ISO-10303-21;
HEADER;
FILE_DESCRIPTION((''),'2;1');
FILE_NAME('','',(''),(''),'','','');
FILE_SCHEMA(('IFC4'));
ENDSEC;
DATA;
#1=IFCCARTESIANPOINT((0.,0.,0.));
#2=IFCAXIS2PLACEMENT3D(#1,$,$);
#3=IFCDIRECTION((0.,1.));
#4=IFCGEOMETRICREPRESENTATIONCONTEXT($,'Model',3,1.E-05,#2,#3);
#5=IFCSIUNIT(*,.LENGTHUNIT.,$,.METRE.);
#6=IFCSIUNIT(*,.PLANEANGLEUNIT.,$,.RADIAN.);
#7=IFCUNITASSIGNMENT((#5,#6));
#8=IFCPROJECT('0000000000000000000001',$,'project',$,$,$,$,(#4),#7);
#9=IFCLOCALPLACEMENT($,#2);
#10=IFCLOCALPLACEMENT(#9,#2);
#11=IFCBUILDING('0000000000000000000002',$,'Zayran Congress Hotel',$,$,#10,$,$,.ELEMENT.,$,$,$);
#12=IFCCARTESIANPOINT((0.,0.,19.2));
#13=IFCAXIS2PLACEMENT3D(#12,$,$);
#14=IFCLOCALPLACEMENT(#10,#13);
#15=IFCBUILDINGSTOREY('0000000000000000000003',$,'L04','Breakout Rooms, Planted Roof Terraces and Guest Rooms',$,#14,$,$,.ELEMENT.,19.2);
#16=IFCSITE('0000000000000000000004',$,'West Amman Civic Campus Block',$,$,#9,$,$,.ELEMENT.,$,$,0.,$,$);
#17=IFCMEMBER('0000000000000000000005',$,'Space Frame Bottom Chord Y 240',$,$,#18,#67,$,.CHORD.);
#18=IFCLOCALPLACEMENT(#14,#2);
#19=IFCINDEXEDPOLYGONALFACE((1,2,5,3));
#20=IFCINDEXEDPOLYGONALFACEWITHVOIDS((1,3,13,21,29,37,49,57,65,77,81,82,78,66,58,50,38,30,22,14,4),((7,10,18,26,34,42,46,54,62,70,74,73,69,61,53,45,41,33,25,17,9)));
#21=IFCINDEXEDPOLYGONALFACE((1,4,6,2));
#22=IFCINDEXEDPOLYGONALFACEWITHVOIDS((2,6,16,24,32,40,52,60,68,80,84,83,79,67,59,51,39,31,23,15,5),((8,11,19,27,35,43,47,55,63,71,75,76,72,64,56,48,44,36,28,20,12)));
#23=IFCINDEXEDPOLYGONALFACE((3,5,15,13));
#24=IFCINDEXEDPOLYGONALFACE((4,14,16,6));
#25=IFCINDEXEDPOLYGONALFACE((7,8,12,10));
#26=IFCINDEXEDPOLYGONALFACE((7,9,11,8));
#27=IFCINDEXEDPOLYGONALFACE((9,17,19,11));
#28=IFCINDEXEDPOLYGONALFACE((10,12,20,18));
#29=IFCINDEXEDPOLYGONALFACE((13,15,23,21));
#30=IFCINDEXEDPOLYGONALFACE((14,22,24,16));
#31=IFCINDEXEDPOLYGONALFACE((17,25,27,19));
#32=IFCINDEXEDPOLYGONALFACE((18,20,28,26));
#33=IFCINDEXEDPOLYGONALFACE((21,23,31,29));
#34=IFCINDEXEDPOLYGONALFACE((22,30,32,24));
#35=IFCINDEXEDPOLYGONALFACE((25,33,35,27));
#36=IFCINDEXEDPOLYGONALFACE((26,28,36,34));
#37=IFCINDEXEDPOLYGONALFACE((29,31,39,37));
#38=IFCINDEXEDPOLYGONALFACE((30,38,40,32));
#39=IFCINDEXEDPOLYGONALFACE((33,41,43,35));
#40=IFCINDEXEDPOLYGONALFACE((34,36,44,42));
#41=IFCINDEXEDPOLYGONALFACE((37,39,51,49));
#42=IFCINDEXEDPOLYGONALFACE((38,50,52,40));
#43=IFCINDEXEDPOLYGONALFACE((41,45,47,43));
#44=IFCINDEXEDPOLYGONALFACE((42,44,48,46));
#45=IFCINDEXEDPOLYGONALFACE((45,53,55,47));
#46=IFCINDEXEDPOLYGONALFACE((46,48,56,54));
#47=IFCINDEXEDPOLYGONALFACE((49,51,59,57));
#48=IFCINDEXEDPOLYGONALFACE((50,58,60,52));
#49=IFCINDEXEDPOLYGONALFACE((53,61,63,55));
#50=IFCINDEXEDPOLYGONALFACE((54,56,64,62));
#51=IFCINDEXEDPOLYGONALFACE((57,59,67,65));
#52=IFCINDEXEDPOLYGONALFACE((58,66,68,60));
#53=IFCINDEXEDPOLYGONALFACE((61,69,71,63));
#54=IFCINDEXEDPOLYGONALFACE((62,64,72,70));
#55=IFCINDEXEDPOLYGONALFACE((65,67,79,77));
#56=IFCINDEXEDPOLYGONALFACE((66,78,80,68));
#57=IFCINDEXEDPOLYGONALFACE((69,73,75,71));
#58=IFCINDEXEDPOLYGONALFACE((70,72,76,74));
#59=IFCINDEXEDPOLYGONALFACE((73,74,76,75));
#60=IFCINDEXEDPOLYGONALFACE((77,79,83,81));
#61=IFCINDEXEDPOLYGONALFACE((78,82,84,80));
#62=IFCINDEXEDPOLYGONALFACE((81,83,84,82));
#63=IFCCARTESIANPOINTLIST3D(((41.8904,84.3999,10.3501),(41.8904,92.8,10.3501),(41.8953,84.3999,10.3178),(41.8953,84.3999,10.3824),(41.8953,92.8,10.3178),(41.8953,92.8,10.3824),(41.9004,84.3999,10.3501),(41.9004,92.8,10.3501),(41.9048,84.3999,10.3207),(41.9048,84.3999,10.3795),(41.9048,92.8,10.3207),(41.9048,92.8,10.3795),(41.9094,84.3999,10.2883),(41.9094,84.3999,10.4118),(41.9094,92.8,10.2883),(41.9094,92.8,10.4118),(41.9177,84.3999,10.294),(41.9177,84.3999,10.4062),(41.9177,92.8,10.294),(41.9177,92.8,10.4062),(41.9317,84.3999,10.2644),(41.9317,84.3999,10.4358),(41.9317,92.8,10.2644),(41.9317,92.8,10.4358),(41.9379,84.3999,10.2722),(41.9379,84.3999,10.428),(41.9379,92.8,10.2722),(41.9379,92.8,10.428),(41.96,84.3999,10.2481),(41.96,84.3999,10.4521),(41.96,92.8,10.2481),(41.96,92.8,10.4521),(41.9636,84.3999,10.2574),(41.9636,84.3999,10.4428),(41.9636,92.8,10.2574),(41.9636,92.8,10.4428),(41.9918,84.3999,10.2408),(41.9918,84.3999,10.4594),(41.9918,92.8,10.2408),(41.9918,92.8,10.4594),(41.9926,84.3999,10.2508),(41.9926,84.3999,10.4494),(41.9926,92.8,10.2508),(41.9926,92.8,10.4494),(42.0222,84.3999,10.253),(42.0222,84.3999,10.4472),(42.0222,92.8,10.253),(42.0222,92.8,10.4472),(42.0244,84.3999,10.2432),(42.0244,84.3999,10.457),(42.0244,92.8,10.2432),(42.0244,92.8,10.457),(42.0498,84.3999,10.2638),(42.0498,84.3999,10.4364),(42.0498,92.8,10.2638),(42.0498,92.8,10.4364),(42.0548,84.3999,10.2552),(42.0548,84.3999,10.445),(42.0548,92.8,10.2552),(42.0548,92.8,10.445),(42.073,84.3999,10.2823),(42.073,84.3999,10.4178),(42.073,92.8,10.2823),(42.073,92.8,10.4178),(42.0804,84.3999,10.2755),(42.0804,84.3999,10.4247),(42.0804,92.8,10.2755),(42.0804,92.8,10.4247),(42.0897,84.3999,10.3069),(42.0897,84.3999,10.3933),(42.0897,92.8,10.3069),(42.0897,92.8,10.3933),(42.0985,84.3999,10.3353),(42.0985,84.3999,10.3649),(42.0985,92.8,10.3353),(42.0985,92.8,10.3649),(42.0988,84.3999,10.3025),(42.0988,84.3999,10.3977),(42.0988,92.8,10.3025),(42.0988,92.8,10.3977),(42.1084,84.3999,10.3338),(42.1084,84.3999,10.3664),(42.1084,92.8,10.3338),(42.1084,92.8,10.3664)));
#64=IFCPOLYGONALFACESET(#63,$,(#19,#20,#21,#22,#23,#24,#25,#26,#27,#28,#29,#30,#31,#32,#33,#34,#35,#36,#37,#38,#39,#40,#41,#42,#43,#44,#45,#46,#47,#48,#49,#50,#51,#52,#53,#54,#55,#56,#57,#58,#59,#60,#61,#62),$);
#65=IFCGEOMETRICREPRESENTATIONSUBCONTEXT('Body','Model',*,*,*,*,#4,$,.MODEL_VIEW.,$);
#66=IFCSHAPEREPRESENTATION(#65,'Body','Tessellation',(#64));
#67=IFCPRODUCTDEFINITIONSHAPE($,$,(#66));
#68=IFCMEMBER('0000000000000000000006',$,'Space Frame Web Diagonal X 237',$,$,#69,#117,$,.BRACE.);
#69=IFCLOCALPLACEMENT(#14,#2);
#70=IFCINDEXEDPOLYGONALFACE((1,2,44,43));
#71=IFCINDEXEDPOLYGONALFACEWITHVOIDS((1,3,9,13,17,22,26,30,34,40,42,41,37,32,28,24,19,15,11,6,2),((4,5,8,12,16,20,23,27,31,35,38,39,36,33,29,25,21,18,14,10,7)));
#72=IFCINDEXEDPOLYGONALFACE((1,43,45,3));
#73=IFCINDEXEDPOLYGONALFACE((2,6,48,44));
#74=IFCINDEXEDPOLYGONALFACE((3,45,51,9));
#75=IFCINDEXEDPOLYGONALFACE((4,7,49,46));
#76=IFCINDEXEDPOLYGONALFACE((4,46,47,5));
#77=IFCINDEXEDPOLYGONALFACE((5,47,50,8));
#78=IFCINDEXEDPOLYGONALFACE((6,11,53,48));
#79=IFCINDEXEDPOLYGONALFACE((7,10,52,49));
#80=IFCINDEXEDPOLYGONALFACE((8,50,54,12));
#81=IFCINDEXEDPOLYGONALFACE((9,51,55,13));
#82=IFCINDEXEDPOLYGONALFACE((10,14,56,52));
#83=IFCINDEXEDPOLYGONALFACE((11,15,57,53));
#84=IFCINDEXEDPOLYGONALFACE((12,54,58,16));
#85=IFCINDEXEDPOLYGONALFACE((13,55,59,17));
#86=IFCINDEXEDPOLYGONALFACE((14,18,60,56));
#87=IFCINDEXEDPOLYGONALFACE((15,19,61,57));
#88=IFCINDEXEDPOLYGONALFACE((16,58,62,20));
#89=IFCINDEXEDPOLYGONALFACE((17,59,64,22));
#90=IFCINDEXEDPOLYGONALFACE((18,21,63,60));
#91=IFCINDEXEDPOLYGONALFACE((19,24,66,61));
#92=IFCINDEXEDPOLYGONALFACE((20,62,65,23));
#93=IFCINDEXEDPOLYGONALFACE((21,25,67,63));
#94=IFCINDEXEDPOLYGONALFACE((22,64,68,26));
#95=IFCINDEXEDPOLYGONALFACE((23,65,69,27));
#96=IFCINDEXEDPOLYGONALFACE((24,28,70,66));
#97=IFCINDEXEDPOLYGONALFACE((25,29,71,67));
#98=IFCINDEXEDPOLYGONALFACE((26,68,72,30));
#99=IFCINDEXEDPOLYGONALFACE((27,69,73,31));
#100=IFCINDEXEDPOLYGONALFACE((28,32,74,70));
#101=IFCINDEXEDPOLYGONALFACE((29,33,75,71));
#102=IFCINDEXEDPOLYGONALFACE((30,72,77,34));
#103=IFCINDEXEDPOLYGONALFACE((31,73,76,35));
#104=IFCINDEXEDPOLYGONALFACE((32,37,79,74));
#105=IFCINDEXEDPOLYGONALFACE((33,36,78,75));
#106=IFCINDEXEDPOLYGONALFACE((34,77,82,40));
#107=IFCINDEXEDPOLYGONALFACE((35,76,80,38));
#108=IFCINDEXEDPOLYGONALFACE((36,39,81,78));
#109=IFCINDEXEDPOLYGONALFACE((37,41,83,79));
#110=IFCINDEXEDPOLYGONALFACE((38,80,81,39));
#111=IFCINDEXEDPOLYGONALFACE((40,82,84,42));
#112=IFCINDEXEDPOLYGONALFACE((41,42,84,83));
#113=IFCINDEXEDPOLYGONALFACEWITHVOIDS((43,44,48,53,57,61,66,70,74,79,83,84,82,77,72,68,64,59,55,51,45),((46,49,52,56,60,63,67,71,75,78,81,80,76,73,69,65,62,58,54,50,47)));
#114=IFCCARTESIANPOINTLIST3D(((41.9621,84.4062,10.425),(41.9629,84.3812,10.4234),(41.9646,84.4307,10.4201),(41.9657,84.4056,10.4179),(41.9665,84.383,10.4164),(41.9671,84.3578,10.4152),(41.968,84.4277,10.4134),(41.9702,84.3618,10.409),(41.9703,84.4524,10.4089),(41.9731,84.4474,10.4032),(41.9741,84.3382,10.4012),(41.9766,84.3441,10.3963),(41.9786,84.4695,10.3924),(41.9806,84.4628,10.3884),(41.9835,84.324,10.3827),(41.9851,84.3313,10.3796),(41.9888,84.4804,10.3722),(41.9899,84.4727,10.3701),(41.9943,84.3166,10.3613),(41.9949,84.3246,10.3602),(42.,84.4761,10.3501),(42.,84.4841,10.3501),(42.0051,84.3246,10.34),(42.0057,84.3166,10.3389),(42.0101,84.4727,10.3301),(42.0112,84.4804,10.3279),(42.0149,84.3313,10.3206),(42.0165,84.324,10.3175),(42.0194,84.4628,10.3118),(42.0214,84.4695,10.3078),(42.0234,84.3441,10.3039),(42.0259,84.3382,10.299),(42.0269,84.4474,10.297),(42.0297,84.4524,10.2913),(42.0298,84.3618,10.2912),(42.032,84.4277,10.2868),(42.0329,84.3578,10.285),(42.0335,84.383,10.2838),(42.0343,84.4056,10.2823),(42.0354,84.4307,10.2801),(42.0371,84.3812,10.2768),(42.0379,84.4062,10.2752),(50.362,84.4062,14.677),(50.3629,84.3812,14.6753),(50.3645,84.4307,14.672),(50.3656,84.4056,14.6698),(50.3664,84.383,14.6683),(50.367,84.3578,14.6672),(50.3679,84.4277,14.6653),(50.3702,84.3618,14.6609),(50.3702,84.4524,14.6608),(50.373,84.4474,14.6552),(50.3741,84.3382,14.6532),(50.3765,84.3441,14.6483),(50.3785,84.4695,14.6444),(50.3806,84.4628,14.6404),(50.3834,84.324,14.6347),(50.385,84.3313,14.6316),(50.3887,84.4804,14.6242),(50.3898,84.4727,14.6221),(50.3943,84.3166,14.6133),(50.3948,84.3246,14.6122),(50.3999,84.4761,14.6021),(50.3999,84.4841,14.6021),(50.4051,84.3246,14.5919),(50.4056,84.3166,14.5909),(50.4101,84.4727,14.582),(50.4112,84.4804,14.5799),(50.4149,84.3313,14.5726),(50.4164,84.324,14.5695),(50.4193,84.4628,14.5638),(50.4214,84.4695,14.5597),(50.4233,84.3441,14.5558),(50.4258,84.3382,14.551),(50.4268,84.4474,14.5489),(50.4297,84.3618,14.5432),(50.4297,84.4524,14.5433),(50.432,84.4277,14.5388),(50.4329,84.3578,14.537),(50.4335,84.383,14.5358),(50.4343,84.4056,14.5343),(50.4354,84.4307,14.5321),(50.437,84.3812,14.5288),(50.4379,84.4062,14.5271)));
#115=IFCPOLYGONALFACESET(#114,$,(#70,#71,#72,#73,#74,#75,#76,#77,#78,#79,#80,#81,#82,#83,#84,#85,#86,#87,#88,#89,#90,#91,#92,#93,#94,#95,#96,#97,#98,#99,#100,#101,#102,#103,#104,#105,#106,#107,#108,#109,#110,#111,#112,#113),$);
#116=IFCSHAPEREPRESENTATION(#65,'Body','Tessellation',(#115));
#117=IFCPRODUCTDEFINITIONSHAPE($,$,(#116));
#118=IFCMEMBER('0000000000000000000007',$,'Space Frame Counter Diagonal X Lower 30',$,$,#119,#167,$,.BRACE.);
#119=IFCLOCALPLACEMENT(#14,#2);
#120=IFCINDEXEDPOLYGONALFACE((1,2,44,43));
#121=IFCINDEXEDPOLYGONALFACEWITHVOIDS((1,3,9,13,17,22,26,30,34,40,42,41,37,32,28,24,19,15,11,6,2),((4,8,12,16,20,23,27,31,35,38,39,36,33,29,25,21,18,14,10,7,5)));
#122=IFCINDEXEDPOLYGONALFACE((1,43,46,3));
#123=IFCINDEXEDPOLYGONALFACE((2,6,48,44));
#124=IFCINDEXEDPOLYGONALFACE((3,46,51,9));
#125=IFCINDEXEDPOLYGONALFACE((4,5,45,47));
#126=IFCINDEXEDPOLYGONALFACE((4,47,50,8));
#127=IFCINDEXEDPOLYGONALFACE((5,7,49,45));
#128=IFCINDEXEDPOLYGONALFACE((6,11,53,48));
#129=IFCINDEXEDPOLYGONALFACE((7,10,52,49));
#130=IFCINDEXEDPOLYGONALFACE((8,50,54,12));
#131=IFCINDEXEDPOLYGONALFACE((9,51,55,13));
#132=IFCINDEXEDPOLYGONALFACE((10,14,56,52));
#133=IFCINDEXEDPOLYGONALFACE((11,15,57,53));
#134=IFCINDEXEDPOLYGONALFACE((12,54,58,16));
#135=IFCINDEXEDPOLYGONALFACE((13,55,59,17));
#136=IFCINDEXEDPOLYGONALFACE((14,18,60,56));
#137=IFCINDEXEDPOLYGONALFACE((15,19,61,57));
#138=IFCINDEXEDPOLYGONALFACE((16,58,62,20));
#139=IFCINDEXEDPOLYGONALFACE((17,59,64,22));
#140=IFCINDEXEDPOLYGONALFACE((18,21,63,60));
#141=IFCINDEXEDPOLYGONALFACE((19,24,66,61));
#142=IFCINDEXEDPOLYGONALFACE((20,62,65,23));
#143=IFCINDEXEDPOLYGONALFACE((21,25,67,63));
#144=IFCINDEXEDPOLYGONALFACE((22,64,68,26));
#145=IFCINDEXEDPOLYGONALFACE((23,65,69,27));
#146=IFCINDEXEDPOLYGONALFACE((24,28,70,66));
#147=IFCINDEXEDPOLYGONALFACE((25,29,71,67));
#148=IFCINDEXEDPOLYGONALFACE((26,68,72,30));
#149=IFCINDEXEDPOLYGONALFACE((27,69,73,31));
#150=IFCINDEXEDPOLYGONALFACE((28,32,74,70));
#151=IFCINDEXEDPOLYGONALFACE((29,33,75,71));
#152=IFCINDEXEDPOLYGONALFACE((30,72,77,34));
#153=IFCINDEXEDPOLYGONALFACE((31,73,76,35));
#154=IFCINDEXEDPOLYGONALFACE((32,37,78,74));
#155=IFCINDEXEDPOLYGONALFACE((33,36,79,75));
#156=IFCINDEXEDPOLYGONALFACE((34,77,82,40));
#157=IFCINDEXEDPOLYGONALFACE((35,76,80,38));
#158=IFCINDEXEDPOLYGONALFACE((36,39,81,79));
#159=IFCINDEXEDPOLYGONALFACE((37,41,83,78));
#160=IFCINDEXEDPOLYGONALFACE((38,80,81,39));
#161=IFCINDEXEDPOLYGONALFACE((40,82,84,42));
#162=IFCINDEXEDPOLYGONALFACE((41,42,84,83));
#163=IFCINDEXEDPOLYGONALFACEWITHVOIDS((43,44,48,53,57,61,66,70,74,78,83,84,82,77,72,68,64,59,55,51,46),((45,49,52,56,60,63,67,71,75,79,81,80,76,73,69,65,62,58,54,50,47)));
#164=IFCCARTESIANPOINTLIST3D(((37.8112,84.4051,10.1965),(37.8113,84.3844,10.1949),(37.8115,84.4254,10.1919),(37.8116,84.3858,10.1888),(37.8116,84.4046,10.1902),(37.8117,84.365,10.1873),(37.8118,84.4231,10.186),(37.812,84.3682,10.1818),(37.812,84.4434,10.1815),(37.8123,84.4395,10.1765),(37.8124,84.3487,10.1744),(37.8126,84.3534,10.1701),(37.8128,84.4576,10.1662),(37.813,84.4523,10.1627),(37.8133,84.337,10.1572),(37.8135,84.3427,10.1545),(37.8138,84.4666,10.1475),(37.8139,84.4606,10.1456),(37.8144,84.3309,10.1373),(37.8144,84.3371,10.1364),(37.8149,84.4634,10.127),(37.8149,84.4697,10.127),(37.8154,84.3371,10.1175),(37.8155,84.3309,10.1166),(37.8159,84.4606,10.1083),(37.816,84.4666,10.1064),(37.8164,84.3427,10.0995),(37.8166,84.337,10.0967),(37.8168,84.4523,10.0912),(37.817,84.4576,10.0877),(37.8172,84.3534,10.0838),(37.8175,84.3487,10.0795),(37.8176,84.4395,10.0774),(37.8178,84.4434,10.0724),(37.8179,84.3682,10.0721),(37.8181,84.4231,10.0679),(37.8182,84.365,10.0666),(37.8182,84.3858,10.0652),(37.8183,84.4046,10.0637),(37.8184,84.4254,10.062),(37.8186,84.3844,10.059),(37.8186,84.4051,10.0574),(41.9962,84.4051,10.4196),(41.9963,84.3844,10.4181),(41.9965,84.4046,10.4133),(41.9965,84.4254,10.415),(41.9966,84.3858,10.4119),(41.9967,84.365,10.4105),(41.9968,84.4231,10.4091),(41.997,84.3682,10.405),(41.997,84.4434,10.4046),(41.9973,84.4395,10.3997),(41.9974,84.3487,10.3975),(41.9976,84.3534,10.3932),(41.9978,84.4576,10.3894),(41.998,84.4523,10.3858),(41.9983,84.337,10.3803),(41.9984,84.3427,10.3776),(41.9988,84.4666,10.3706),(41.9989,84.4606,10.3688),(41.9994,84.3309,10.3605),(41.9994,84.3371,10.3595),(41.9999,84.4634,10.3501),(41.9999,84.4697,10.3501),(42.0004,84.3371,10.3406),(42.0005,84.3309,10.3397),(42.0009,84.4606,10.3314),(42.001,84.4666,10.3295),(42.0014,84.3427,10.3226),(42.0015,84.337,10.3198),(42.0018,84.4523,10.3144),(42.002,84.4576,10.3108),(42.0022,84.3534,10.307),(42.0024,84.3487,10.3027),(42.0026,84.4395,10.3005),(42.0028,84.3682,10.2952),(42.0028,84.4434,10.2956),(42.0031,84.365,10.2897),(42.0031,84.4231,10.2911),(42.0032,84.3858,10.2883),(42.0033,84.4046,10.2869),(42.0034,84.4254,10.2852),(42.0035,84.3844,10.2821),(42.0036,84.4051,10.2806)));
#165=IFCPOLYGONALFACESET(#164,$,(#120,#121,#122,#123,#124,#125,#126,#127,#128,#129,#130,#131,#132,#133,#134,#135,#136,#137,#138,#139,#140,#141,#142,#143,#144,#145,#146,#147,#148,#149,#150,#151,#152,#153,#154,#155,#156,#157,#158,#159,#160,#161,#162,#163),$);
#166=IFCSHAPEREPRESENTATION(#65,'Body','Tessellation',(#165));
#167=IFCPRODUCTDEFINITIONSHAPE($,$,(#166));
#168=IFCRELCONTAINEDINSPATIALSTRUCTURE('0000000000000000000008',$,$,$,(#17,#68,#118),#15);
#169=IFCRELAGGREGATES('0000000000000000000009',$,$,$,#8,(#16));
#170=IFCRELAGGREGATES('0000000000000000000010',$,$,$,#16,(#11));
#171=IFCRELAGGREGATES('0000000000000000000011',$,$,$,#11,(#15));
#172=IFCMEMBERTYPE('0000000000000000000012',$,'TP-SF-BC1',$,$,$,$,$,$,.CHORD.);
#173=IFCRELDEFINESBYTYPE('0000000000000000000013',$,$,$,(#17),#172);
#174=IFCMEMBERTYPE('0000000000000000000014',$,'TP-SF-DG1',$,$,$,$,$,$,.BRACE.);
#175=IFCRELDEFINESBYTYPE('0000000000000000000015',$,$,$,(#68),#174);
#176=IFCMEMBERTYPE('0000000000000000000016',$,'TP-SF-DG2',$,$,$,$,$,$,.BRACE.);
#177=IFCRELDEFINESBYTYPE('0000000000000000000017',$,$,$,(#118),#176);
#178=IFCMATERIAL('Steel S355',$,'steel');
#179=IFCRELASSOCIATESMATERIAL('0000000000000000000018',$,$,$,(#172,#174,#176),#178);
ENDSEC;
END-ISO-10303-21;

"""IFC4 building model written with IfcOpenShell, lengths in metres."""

from ifc_helpers import new_model, si_unit, direction, frame, origin, origin_2d, place, context, subcontext, project, spatial, hollow_circle, extrude, material, material_profile, profile_set, type_object, element, save


model = new_model("IFC4")

# Units and contexts
model_context = context("Model", 3, precision=1e-05, world=origin(), true_north=direction((0.0, 1.0)))
body_context = subcontext(model_context, "Body", "Model", "MODEL_VIEW")
ifc_project = project(units=[si_unit("LENGTHUNIT", "METRE"), si_unit("PLANEANGLEUNIT", "RADIAN")], contexts=[model_context])

# Site, building, storey
site_placement = place(None, origin())
site = spatial("IfcSite", under=ifc_project, at=site_placement, Name="West Amman Civic Campus Block", CompositionType="ELEMENT", RefElevation=0.0)
building_placement = place(site_placement, origin())
building = spatial("IfcBuilding", under=site, at=building_placement, Name="Zayran Congress Hotel", CompositionType="ELEMENT")
storey_placement = place(building_placement, frame((0.0, 0.0, 19.2)))
storey = spatial("IfcBuildingStorey", under=building, at=storey_placement, Name="L04", Description="Breakout Rooms, Planted Roof Terraces and Guest Rooms", CompositionType="ELEMENT", Elevation=19.2)

# Members
ifc_material_1 = material(Name="Steel S355", Category="steel")
ifc_material_profile_1 = material_profile(ifc_material_1, hollow_circle(Radius=0.1096, WallThickness=0.01, at=origin_2d()), Name="CHS 219.1x10")
ifc_profile_set_1 = profile_set([ifc_material_profile_1], Name="Steel S355")
member_type_1 = type_object("IfcMemberType", Name="TP-SF-BC1", PredefinedType="CHORD", material=ifc_profile_set_1)
member_1_placement = place(storey_placement, frame((42.0, 84.3999, 10.3501), z_axis=(0.0, 1.0, 0.0), x_axis=(-1.0, 0.0, 0.0)))
element("IfcMember", 1, at=member_1_placement, inside=storey, type_object=member_type_1, Name="Space Frame Bottom Chord Y 240", PredefinedType="CHORD", context=body_context, shape_type="SweptSolid", body=[
    extrude(hollow_circle(Radius=0.1096, WallThickness=0.01, at=origin_2d()), origin(), (0.0, 0.0, 1.0), 8.4001),
])
ifc_material_profile_2 = material_profile(ifc_material_1, hollow_circle(Radius=0.0842, WallThickness=0.0081, at=origin_2d()), Name="CHS 168.3x8")
ifc_profile_set_2 = profile_set([ifc_material_profile_2], Name="Steel S355")
member_type_2 = type_object("IfcMemberType", Name="TP-SF-DG1", PredefinedType="BRACE", material=ifc_profile_set_2)
member_2_placement = place(storey_placement, frame((42.0, 84.3999, 10.3501), z_axis=(0.892207, 0.0, 0.451627), x_axis=(0.0, 1.0, 0.0)))
element("IfcMember", 2, at=member_2_placement, inside=storey, type_object=member_type_2, Name="Space Frame Web Diagonal X 237", PredefinedType="BRACE", context=body_context, shape_type="SweptSolid", body=[
    extrude(hollow_circle(Radius=0.0842, WallThickness=0.0081, at=origin_2d()), origin(), (0.0, 0.0, 1.0), 9.4148),
])
ifc_material_profile_3 = material_profile(ifc_material_1, hollow_circle(Radius=0.0698, WallThickness=0.0063, at=origin_2d()), Name="CHS 139.7x6.3")
ifc_profile_set_3 = profile_set([ifc_material_profile_3], Name="Steel S355")
member_type_3 = type_object("IfcMemberType", Name="TP-SF-DG2", PredefinedType="BRACE", material=ifc_profile_set_3)
for number, where, z_axis, x_axis, name in (
    (3, (37.8149, 84.3999, 10.127), (0.998582, 0.0, 0.053244), (0.0, 1.0, 0.0), "Space Frame Counter Diagonal X Lower 30"),
):
    element("IfcMember", number, at=place(storey_placement, frame(where, z_axis=z_axis, x_axis=x_axis)), inside=storey, type_object=member_type_3, Name=name, PredefinedType="BRACE", context=body_context, shape_type="SweptSolid", body=[
        extrude(hollow_circle(Radius=0.0698, WallThickness=0.0063, at=origin_2d()), origin(), (0.0, 0.0, 1.0), 4.1909),
    ])

save(model, "model.ifc")
